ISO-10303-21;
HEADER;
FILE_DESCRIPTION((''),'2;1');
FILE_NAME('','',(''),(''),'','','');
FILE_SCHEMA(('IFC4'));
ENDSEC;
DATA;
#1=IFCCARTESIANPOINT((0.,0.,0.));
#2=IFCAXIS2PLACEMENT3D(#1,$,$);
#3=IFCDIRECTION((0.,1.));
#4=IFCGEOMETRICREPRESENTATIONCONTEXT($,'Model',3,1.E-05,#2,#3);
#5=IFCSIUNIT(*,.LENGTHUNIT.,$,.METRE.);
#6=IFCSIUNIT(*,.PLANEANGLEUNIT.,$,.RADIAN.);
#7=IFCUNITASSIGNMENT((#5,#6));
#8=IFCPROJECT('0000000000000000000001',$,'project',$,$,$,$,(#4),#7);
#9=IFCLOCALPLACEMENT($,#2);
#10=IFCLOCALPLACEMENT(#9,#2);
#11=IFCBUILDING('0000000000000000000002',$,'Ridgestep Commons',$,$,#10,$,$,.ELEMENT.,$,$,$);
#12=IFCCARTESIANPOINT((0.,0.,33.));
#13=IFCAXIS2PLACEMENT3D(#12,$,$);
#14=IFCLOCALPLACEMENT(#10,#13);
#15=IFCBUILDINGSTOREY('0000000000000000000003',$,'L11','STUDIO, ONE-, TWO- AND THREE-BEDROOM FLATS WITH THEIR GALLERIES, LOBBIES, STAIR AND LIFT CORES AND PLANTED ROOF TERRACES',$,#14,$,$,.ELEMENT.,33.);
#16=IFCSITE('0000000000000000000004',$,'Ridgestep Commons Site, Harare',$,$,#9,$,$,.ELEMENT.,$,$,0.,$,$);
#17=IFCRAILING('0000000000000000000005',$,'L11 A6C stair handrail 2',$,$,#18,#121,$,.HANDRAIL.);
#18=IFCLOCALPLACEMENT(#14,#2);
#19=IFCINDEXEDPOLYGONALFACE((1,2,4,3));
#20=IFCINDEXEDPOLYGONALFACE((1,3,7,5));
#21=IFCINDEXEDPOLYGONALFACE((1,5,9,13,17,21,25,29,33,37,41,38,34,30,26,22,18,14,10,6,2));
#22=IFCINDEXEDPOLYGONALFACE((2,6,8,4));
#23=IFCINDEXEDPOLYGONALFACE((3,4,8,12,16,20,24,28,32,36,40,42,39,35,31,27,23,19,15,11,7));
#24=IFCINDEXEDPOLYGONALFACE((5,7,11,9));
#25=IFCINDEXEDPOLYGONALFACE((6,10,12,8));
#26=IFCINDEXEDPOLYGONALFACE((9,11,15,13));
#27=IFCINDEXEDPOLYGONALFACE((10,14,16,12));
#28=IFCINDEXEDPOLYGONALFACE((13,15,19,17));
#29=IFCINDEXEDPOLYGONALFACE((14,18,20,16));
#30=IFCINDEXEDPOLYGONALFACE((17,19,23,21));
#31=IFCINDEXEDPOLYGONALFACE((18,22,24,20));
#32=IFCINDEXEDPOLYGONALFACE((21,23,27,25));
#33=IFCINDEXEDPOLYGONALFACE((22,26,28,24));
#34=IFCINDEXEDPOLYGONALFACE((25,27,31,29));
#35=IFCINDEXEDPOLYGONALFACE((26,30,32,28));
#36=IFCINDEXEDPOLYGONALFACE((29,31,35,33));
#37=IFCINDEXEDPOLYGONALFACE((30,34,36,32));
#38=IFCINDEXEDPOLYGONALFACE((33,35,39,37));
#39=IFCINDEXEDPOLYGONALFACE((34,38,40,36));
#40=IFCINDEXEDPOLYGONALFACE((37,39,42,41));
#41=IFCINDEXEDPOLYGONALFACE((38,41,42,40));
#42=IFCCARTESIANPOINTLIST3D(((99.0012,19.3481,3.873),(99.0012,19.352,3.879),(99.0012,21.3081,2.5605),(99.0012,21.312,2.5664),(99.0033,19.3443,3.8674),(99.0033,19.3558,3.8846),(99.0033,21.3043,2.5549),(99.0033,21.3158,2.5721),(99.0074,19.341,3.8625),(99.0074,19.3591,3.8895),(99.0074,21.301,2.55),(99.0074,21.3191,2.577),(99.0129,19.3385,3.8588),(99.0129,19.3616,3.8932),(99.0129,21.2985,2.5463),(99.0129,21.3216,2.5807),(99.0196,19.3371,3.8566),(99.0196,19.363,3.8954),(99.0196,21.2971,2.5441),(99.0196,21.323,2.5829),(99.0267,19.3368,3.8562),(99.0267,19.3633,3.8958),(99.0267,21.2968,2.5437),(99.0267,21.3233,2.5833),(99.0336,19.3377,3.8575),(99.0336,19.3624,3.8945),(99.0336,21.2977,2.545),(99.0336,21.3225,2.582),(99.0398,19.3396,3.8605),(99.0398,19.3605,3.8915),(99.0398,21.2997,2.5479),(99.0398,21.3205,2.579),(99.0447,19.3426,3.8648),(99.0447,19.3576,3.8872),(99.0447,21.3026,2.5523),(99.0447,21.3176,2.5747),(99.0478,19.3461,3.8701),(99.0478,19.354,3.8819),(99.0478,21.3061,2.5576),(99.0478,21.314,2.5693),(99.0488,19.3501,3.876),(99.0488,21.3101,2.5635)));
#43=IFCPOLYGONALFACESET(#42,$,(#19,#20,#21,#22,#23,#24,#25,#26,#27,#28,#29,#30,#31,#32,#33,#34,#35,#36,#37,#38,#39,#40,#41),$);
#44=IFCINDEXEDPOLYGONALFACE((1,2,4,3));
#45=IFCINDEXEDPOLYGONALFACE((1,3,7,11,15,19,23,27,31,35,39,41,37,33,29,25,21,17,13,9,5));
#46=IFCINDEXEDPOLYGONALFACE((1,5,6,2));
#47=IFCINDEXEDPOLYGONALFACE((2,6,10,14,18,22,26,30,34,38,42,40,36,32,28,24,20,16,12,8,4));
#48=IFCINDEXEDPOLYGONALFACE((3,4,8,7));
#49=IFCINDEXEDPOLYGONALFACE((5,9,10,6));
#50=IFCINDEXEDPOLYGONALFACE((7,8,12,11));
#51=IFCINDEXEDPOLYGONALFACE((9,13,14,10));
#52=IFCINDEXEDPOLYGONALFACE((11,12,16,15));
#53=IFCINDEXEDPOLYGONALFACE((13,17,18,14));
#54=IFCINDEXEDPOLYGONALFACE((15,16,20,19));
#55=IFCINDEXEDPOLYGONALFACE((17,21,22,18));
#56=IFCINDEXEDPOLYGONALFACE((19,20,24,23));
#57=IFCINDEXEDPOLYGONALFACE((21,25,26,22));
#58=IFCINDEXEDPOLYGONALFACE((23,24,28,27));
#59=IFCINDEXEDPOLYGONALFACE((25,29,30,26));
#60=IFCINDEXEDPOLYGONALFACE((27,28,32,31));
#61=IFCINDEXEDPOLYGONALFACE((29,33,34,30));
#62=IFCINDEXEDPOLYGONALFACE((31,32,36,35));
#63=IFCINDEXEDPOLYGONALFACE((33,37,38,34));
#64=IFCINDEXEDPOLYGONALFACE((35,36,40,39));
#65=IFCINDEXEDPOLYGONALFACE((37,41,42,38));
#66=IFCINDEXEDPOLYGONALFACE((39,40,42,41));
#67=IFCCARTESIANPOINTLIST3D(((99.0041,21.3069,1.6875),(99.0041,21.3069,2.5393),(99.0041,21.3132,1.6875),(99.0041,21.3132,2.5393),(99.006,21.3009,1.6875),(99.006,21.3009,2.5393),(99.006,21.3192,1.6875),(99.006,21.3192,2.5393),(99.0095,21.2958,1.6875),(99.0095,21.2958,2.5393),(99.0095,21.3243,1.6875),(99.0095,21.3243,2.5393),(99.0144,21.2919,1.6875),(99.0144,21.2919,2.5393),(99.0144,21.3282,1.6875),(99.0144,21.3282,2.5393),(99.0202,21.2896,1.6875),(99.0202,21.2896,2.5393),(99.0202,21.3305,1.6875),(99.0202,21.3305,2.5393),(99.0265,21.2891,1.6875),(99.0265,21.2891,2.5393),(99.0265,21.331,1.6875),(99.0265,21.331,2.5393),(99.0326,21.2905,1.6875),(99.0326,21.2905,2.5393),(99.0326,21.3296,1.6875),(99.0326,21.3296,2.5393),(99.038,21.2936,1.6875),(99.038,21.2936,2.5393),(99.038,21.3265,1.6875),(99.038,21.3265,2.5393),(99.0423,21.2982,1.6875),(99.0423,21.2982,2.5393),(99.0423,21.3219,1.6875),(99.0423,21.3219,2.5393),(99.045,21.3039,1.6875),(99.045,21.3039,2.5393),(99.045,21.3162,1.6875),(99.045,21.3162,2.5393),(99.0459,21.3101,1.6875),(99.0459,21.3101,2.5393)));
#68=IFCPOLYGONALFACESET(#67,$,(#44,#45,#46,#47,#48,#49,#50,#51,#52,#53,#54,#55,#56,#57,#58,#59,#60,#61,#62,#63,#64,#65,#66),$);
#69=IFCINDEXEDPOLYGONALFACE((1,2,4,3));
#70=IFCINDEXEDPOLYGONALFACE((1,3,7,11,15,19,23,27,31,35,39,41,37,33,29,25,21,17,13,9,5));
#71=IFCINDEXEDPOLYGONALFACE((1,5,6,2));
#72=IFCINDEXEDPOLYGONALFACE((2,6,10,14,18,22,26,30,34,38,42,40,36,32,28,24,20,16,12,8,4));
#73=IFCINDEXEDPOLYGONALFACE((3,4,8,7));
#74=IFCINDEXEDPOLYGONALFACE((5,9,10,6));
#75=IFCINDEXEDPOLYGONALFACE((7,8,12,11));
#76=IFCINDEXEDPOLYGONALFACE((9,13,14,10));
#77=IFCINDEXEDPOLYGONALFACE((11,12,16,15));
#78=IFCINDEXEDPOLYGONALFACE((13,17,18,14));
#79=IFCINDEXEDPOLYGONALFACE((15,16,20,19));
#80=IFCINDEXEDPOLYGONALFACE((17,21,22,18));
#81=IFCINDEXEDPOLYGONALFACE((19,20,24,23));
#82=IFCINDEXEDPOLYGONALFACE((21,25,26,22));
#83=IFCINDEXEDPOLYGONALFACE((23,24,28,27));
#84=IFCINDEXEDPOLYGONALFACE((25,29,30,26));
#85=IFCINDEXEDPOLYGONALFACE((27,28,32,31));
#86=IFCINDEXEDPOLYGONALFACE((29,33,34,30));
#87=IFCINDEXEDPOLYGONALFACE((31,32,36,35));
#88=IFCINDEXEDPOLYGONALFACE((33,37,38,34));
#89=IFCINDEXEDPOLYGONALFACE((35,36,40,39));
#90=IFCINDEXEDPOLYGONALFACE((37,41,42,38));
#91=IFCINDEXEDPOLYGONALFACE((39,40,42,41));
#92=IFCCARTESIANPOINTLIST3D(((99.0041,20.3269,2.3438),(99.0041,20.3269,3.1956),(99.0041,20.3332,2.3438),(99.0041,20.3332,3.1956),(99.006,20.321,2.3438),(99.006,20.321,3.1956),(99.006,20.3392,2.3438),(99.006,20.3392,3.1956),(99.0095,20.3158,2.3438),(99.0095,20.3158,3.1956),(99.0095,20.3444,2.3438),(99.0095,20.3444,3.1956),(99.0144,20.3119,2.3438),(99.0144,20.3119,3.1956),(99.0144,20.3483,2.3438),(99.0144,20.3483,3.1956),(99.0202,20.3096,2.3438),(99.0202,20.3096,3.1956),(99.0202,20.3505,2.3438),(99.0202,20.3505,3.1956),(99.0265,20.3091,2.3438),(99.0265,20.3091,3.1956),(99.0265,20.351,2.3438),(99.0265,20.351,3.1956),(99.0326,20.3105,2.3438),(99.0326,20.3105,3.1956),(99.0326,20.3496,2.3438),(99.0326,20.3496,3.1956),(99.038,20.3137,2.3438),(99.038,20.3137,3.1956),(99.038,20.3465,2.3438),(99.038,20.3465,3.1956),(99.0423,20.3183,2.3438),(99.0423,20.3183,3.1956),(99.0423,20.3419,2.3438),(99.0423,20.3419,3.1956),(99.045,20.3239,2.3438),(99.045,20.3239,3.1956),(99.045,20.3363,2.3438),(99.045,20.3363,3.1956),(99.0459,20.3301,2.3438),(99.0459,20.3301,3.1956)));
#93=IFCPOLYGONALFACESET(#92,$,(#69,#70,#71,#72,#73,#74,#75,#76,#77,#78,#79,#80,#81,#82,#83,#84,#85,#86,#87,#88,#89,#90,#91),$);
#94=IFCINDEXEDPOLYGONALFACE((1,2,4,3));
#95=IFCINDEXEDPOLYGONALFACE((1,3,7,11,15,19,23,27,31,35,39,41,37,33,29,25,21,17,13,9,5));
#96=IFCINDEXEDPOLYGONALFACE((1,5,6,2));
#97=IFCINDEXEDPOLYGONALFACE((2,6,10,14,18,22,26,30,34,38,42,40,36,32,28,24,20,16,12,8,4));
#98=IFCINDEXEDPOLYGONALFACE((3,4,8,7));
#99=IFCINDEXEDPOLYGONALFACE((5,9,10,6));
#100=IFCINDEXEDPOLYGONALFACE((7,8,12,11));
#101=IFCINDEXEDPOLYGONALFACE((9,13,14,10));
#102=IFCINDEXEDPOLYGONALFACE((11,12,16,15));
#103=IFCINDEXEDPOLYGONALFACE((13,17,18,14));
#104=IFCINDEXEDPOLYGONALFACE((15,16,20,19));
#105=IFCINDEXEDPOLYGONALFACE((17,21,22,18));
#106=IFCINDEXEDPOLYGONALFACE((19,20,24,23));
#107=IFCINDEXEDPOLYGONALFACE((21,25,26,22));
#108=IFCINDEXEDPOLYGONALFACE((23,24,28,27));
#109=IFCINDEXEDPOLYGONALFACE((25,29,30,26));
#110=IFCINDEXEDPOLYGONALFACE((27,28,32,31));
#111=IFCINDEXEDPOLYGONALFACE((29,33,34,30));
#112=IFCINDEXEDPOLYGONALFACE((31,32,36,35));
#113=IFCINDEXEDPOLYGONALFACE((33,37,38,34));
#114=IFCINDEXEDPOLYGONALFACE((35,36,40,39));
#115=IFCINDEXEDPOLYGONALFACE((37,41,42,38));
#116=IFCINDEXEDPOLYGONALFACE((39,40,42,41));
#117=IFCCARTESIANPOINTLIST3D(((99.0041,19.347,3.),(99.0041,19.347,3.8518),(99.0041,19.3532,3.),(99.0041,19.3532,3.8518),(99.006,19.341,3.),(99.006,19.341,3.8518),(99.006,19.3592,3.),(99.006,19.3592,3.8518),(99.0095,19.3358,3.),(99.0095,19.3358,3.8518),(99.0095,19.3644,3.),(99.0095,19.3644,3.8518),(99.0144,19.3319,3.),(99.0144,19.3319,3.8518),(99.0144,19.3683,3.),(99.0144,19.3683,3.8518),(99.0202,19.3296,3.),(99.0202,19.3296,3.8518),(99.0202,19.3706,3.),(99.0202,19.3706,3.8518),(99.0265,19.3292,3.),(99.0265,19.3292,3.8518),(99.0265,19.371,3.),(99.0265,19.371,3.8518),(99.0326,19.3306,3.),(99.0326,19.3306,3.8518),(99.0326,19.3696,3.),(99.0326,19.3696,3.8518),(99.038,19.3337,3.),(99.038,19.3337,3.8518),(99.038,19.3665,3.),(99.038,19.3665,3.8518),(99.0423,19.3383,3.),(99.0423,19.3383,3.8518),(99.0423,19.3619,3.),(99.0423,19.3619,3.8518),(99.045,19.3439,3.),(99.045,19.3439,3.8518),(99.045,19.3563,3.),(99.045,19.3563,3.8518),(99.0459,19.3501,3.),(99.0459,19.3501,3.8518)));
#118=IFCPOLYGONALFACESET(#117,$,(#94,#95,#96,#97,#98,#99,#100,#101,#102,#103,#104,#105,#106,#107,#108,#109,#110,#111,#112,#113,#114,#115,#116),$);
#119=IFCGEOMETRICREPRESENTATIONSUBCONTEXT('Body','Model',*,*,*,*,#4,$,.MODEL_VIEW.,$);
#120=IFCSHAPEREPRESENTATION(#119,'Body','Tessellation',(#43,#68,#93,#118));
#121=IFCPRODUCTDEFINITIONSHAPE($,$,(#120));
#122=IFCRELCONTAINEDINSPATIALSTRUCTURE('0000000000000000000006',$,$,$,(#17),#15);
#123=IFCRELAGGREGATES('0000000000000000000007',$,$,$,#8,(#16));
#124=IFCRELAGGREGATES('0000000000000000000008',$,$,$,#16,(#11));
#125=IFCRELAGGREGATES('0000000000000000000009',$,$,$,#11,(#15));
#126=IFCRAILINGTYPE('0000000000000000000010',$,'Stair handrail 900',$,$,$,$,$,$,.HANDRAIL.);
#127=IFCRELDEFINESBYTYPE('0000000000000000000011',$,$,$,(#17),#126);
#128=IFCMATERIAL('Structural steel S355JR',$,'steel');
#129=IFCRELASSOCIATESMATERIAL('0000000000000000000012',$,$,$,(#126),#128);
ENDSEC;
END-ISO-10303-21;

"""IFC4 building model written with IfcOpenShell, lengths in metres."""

from ifc_helpers import new_model, si_unit, direction, frame, origin, origin_2d, place, context, subcontext, project, spatial, circle, extrude, material, type_object, element, save


model = new_model("IFC4")

# Units and contexts
model_context = context("Model", 3, precision=1e-05, world=origin(), true_north=direction((0.0, 1.0)))
body_context = subcontext(model_context, "Body", "Model", "MODEL_VIEW")
ifc_project = project(units=[si_unit("LENGTHUNIT", "METRE"), si_unit("PLANEANGLEUNIT", "RADIAN")], contexts=[model_context])

# Site, building, storey
site_placement = place(None, origin())
site = spatial("IfcSite", under=ifc_project, at=site_placement, Name="Ridgestep Commons Site, Harare", CompositionType="ELEMENT", RefElevation=0.0)
building_placement = place(site_placement, origin())
building = spatial("IfcBuilding", under=site, at=building_placement, Name="Ridgestep Commons", CompositionType="ELEMENT")
storey_placement = place(building_placement, frame((0.0, 0.0, 33.0)))
storey = spatial("IfcBuildingStorey", under=building, at=storey_placement, Name="L11", Description="STUDIO, ONE-, TWO- AND THREE-BEDROOM FLATS WITH THEIR GALLERIES, LOBBIES, STAIR AND LIFT CORES AND PLANTED ROOF TERRACES", CompositionType="ELEMENT", Elevation=33.0)

# Railing
ifc_material_1 = material(Name="Structural steel S355JR", Category="steel")
railing_type_1 = type_object("IfcRailingType", Name="Stair handrail 900", PredefinedType="HANDRAIL", material=ifc_material_1)
railing_1_placement = place(storey_placement, frame((99.0249, 21.3101, 1.6875)))
element("IfcRailing", 1, at=railing_1_placement, inside=storey, type_object=railing_type_1, Name="L11 A6C stair handrail 2", PredefinedType="HANDRAIL", context=body_context, shape_type="SweptSolid", body=[
    extrude(circle(Radius=0.0239, at=origin_2d()), frame((0.0, 0.0, 0.876), z_axis=(0.0, -0.830902, 0.556419), x_axis=(1.0, 0.0, 0.0)), (0.0, 0.0, 1.0), 2.3589),
    extrude(circle(Radius=0.021, at=origin_2d()), origin(), (0.0, 0.0, 1.0), 0.8518),
    extrude(circle(Radius=0.021, at=origin_2d()), frame((0.0, -0.98, 0.6562)), (0.0, 0.0, 1.0), 0.8518),
    extrude(circle(Radius=0.021, at=origin_2d()), frame((0.0, -1.96, 1.3125)), (0.0, 0.0, 1.0), 0.8518),
])

save(model, "model.ifc")
